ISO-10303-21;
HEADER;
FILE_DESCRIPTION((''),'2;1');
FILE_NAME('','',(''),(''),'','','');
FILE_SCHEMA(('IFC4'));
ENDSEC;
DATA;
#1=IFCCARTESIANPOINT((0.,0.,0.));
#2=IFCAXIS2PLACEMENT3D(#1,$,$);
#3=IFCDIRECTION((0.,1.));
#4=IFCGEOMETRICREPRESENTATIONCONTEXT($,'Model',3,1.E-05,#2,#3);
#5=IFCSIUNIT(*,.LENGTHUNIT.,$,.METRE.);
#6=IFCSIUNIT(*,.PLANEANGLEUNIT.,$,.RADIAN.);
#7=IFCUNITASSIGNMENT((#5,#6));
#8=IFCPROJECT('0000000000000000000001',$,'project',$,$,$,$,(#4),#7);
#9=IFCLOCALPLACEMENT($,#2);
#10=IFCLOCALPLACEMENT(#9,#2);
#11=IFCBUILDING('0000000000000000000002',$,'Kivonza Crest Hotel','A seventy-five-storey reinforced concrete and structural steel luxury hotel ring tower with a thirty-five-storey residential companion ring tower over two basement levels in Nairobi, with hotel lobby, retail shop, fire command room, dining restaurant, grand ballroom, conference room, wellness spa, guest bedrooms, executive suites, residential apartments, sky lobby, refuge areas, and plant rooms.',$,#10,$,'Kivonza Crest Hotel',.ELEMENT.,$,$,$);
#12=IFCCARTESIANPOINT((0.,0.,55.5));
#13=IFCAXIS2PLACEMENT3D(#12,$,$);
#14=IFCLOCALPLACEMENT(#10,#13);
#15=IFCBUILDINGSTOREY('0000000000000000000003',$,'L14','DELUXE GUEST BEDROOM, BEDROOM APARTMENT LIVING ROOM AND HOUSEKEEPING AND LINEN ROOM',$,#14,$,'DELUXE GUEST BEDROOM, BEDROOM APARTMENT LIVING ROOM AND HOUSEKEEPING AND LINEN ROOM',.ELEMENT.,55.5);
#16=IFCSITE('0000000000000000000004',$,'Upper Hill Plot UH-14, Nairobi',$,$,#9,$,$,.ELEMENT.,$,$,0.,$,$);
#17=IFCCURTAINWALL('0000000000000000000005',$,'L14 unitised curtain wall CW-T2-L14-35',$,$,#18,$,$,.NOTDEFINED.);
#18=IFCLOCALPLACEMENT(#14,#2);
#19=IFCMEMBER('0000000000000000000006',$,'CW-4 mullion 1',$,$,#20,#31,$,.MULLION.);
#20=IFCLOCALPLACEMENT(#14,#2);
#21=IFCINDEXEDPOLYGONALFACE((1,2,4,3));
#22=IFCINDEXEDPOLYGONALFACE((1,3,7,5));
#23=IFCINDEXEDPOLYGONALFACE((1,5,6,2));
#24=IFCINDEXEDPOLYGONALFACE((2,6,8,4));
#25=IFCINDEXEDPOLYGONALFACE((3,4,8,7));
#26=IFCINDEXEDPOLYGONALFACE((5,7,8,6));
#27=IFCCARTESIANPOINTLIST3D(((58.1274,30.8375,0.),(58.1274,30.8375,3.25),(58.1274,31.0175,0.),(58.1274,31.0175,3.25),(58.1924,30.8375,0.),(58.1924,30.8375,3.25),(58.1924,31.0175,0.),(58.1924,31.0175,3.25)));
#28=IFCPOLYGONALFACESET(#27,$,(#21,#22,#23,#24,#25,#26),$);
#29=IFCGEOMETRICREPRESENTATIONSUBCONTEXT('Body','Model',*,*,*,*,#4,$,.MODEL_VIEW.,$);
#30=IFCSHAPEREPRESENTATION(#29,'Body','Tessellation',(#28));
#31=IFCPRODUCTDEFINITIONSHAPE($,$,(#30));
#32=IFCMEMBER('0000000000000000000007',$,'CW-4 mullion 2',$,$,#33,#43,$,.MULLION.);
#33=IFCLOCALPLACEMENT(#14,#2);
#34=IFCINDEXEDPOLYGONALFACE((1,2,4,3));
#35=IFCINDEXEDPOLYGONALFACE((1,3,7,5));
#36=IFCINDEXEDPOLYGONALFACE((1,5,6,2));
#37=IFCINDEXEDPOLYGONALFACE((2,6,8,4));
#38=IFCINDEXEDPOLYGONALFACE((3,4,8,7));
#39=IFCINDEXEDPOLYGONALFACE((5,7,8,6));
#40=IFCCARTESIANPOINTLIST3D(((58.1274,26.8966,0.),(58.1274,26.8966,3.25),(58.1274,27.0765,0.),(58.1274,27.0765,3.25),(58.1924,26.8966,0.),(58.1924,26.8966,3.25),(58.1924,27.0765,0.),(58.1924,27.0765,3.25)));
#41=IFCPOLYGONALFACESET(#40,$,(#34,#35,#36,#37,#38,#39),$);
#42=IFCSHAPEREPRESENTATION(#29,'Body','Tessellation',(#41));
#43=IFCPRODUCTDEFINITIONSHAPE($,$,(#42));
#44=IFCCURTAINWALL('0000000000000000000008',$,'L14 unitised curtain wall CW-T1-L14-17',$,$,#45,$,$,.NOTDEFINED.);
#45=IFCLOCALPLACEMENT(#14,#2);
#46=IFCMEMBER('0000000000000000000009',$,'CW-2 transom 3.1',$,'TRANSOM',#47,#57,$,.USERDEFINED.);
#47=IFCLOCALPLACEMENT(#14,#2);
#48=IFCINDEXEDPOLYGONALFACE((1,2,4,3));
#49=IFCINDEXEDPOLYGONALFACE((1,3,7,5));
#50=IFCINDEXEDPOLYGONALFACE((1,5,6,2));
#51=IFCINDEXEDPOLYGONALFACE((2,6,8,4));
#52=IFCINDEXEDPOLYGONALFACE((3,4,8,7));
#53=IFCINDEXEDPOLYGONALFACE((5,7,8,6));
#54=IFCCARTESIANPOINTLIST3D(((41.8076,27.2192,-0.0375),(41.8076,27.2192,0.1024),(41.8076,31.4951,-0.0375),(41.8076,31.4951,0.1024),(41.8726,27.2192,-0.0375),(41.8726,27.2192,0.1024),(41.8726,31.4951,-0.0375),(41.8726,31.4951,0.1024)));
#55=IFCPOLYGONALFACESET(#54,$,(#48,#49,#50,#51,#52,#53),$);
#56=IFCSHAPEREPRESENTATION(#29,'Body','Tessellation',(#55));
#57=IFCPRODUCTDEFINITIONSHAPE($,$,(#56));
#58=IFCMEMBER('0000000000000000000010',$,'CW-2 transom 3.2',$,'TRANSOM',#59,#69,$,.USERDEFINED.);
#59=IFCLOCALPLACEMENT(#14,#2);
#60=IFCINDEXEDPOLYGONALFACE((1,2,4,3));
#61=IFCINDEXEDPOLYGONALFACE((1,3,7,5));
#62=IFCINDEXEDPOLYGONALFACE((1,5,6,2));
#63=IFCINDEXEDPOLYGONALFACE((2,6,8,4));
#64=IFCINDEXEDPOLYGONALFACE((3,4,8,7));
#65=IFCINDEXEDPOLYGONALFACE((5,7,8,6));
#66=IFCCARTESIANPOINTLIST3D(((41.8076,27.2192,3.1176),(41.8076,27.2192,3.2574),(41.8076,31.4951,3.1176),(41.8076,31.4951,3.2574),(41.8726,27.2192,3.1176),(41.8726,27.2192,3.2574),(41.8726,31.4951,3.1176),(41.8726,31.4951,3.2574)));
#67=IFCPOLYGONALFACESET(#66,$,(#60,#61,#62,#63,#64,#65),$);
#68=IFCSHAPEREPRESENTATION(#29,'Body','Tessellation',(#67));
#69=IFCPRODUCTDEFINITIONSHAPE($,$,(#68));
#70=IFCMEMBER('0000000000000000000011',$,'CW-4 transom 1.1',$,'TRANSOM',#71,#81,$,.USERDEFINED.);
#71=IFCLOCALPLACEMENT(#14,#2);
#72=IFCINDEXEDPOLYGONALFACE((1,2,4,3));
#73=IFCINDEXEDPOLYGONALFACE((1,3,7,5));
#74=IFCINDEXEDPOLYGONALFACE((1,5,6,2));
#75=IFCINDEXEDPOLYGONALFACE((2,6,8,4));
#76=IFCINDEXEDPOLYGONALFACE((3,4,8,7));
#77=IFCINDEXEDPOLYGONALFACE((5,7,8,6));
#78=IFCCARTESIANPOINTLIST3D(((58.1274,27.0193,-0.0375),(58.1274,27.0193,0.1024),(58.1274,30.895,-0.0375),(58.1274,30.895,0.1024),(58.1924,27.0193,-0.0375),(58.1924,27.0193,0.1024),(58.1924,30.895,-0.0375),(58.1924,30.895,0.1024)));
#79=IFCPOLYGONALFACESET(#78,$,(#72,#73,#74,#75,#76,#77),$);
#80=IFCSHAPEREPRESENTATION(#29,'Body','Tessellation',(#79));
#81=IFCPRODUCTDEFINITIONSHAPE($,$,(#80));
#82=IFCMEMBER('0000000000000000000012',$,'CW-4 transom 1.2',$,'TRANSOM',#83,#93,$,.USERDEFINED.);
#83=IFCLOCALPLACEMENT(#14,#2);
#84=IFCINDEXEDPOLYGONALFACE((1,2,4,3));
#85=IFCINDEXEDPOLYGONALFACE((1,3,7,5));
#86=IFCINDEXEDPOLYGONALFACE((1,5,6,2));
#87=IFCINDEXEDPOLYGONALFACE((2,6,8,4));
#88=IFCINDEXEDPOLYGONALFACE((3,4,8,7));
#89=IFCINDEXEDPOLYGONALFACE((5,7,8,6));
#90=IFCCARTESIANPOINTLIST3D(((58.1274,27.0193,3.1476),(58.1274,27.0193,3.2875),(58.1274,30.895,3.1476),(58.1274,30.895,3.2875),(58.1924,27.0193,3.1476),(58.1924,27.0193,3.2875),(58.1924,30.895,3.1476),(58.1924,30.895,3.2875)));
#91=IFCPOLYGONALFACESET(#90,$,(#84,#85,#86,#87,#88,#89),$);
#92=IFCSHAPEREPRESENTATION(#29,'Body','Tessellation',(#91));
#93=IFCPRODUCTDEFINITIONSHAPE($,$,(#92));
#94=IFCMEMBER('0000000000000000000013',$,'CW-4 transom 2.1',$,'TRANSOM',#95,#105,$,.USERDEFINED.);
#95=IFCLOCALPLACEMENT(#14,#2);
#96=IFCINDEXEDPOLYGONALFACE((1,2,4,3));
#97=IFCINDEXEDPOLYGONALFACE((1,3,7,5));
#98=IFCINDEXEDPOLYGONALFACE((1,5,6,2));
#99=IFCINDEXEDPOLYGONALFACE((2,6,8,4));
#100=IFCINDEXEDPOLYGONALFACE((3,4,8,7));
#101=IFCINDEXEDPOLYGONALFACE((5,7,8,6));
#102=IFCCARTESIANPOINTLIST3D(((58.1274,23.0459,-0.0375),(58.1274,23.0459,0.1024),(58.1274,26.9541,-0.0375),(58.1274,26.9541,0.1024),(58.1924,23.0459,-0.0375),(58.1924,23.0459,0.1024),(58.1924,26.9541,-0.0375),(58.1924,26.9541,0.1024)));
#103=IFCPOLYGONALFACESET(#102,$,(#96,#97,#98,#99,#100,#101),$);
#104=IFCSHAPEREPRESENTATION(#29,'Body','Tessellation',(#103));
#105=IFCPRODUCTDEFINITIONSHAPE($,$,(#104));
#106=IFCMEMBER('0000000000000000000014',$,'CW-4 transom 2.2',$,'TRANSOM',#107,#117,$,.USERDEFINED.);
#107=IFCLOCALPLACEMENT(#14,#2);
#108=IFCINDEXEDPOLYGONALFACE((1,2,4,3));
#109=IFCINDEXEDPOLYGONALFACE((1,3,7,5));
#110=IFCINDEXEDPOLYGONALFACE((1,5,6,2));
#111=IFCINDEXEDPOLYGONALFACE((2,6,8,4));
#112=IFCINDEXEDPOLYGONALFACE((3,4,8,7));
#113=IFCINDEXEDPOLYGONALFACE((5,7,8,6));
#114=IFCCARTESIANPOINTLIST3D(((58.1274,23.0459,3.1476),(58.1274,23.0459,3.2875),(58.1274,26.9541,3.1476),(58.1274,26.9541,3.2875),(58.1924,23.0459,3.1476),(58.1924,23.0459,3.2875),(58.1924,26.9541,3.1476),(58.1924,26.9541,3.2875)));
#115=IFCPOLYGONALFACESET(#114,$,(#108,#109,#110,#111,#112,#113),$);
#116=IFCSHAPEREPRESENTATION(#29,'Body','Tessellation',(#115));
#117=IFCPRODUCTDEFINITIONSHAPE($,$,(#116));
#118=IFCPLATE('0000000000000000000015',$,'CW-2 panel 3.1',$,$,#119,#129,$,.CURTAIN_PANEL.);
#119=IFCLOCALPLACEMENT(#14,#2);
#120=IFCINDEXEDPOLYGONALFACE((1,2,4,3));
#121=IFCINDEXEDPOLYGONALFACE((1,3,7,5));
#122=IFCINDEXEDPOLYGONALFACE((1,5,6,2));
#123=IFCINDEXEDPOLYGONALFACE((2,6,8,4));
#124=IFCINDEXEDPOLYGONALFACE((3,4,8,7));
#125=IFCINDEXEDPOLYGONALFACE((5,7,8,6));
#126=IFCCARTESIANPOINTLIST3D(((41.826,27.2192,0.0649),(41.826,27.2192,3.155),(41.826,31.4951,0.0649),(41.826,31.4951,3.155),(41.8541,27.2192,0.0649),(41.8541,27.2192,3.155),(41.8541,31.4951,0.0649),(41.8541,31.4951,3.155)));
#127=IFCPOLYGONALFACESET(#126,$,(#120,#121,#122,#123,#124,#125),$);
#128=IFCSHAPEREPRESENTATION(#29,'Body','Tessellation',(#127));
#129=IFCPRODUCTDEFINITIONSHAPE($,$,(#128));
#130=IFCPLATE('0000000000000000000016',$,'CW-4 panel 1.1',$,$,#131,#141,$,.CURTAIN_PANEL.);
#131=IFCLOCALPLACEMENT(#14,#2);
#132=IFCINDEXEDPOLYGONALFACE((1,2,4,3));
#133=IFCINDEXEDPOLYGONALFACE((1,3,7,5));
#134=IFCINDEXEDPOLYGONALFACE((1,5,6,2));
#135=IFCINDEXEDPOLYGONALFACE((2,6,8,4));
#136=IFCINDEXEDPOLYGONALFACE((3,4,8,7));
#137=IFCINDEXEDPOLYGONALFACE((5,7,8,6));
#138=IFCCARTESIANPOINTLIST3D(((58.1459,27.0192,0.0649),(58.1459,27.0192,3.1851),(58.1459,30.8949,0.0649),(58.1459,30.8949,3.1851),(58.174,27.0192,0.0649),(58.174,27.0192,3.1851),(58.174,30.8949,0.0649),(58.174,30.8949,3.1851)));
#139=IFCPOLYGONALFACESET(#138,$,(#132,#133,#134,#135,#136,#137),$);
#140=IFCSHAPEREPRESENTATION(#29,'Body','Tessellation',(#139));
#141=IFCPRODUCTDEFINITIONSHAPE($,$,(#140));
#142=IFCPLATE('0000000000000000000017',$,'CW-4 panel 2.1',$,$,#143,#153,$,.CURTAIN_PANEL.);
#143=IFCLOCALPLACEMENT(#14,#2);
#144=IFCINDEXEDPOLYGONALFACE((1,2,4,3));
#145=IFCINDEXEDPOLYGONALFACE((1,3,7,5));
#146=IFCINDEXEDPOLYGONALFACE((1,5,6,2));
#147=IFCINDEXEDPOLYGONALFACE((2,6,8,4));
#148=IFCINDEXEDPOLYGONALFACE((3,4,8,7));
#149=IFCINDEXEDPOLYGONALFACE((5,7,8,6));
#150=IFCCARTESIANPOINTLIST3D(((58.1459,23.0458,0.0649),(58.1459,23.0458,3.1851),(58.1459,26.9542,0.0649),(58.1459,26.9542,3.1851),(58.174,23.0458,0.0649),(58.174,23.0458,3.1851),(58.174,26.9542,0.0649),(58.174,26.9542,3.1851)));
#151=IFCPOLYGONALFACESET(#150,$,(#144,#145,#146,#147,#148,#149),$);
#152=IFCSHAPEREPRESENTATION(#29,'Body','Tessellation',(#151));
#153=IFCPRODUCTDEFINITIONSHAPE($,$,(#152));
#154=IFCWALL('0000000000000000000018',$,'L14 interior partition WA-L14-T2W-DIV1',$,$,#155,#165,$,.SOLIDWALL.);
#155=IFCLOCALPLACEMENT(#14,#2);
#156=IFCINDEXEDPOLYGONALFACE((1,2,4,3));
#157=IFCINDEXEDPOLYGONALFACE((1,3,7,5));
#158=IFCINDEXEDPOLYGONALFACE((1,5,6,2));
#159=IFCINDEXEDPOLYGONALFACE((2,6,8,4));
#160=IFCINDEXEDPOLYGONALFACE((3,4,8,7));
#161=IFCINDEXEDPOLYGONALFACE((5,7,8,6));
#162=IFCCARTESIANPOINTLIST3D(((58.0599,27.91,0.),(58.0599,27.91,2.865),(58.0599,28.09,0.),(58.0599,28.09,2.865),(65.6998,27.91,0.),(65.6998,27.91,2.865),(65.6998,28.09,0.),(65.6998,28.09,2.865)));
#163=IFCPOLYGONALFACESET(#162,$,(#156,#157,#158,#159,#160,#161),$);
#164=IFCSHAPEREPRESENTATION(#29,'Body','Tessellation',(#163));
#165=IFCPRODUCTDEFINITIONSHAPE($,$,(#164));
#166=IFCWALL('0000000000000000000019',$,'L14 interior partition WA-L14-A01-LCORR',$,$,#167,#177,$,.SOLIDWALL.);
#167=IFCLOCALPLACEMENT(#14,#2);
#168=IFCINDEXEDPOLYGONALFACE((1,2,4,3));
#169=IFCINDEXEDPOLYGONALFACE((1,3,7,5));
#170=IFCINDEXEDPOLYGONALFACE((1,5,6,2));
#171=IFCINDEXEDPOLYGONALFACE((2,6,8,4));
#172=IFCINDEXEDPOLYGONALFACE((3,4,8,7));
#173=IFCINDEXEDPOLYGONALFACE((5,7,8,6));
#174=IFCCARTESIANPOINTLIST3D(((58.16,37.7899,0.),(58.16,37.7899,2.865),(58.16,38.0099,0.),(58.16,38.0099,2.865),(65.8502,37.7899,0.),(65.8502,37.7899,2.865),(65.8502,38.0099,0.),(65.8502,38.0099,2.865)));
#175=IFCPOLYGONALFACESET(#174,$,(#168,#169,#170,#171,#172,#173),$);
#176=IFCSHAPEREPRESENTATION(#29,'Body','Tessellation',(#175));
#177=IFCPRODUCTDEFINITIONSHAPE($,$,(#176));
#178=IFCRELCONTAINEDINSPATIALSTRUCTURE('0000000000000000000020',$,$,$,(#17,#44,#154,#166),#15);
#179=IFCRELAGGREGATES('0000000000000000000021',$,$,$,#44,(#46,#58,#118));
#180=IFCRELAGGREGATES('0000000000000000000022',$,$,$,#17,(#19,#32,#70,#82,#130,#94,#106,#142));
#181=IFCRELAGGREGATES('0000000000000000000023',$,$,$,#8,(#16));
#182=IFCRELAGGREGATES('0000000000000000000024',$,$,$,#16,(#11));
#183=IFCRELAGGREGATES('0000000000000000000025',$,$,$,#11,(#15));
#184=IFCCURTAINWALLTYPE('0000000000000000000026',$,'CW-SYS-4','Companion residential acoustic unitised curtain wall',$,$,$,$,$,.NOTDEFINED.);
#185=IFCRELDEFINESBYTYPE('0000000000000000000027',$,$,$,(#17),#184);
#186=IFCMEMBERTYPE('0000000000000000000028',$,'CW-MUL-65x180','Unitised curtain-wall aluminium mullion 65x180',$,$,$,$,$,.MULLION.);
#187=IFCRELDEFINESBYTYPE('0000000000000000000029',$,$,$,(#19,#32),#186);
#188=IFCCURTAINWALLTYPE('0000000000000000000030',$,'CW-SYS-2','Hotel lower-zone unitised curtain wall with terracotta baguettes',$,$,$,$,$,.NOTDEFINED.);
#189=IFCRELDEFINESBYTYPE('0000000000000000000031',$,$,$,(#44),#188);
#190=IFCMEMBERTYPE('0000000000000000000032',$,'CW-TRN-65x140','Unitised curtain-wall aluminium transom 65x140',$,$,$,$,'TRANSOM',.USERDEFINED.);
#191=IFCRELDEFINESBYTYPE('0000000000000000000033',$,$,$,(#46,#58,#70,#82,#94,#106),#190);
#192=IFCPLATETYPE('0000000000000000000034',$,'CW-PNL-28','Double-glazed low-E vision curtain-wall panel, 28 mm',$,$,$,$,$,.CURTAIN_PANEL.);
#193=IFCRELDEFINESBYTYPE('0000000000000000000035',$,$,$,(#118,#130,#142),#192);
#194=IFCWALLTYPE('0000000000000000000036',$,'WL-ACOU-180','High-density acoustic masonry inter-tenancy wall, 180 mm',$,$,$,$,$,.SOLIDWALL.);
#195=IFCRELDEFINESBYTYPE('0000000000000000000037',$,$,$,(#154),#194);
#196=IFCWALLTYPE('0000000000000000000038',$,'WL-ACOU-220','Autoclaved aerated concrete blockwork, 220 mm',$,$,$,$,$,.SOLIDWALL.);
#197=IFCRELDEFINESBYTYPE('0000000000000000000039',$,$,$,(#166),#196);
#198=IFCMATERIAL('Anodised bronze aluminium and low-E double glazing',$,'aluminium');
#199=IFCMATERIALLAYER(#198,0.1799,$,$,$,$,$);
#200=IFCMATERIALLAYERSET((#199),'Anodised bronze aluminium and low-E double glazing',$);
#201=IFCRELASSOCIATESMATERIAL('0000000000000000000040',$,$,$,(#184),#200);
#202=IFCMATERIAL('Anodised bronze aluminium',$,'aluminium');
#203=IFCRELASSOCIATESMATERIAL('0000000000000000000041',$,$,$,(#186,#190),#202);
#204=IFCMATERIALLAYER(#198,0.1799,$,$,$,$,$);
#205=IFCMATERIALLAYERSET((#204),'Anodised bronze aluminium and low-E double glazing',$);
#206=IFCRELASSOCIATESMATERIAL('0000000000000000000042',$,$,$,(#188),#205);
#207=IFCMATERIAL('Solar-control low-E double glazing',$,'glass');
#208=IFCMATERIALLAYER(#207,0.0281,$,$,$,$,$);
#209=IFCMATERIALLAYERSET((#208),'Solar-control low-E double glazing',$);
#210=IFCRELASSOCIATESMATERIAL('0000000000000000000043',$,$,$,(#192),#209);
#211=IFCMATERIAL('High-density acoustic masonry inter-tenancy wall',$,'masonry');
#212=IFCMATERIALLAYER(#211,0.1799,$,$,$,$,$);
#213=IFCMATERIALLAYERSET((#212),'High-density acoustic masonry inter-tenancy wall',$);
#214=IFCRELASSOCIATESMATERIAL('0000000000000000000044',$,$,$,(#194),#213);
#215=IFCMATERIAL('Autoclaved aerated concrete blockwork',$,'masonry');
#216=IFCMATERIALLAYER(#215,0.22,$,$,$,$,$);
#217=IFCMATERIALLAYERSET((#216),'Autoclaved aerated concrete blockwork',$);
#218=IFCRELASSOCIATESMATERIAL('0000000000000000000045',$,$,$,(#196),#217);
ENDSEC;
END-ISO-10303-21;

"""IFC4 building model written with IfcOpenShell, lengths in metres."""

from ifc_helpers import new_model, si_unit, direction, frame, frame_2d, origin, origin_2d, place, context, subcontext, project, spatial, rectangle, extrude, material, layer, layer_set, material_profile, profile_set, type_object, element, aggregate, save


model = new_model("IFC4")

# Units and contexts
model_context = context("Model", 3, precision=1e-05, world=origin(), true_north=direction((0.0, 1.0)))
body_context = subcontext(model_context, "Body", "Model", "MODEL_VIEW")
ifc_project = project(units=[si_unit("LENGTHUNIT", "METRE"), si_unit("PLANEANGLEUNIT", "RADIAN")], contexts=[model_context])

# Site, building, storey
site_placement = place(None, origin())
site = spatial("IfcSite", under=ifc_project, at=site_placement, Name="Upper Hill Plot UH-14, Nairobi", CompositionType="ELEMENT", RefElevation=0.0)
building_placement = place(site_placement, origin())
building = spatial("IfcBuilding", under=site, at=building_placement, Name="Kivonza Crest Hotel", Description="A seventy-five-storey reinforced concrete and structural steel luxury hotel ring tower with a thirty-five-storey residential companion ring tower over two basement levels in Nairobi, with hotel lobby, retail shop, fire command room, dining restaurant, grand ballroom, conference room, wellness spa, guest bedrooms, executive suites, residential apartments, sky lobby, refuge areas, and plant rooms.", LongName="Kivonza Crest Hotel", CompositionType="ELEMENT")
storey_placement = place(building_placement, frame((0.0, 0.0, 55.5)))
storey = spatial("IfcBuildingStorey", under=building, at=storey_placement, Name="L14", Description="DELUXE GUEST BEDROOM, BEDROOM APARTMENT LIVING ROOM AND HOUSEKEEPING AND LINEN ROOM", LongName="DELUXE GUEST BEDROOM, BEDROOM APARTMENT LIVING ROOM AND HOUSEKEEPING AND LINEN ROOM", CompositionType="ELEMENT", Elevation=55.5)

# Curtain walls, members
ifc_material_1 = material(Name="Anodised bronze aluminium and low-E double glazing", Category="aluminium")
ifc_layer_1 = layer(ifc_material_1, 0.1799)
ifc_layer_set_1 = layer_set([ifc_layer_1], Name="Anodised bronze aluminium and low-E double glazing")
curtain_wall_type_1 = type_object("IfcCurtainWallType", Name="CW-SYS-4", Description="Companion residential acoustic unitised curtain wall", PredefinedType="NOTDEFINED", material=ifc_layer_set_1)
curtain_wall_1_placement = place(storey_placement, origin())
curtain_wall_1 = element("IfcCurtainWall", 1, at=curtain_wall_1_placement, inside=storey, type_object=curtain_wall_type_1, Name="L14 unitised curtain wall CW-T2-L14-35", PredefinedType="NOTDEFINED")
ifc_material_2 = material(Name="Anodised bronze aluminium", Category="aluminium")
ifc_material_profile_1 = material_profile(ifc_material_2, rectangle(XDim=0.0649, YDim=0.1799, at=origin_2d()), Name="CW-M 65x180")
ifc_profile_set_1 = profile_set([ifc_material_profile_1], Name="Anodised bronze aluminium")
member_type_1 = type_object("IfcMemberType", Name="CW-MUL-65x180", Description="Unitised curtain-wall aluminium mullion 65x180", PredefinedType="MULLION", material=ifc_profile_set_1)
member_1_placement = place(storey_placement, frame((58.1599, 30.9275, 0.0), z_axis=(0.0, 0.0, 1.0), x_axis=(1.0, 0.0, 0.0)))
member_1 = element("IfcMember", 2, at=member_1_placement, type_object=member_type_1, Name="CW-4 mullion 1", PredefinedType="MULLION", context=body_context, shape_type="SweptSolid", body=[
    extrude(rectangle(XDim=0.0649, YDim=0.1799, at=origin_2d()), origin(), (0.0, 0.0, 1.0), 3.25),
])
member_2_placement = place(storey_placement, frame((58.1599, 26.9866, 0.0), z_axis=(0.0, 0.0, 1.0), x_axis=(1.0, 0.0, 0.0)))
member_2 = element("IfcMember", 3, at=member_2_placement, type_object=member_type_1, Name="CW-4 mullion 2", PredefinedType="MULLION", context=body_context, shape_type="SweptSolid", body=[
    extrude(rectangle(XDim=0.0649, YDim=0.1799, at=origin_2d()), origin(), (0.0, 0.0, 1.0), 3.25),
])
ifc_layer_2 = layer(ifc_material_1, 0.1799)
ifc_layer_set_2 = layer_set([ifc_layer_2], Name="Anodised bronze aluminium and low-E double glazing")
curtain_wall_type_2 = type_object("IfcCurtainWallType", Name="CW-SYS-2", Description="Hotel lower-zone unitised curtain wall with terracotta baguettes", PredefinedType="NOTDEFINED", material=ifc_layer_set_2)
curtain_wall_2_placement = place(storey_placement, origin())
curtain_wall_2 = element("IfcCurtainWall", 4, at=curtain_wall_2_placement, inside=storey, type_object=curtain_wall_type_2, Name="L14 unitised curtain wall CW-T1-L14-17", PredefinedType="NOTDEFINED")
ifc_material_profile_2 = material_profile(ifc_material_2, rectangle(XDim=0.0649, YDim=0.1399, at=origin_2d()), Name="CW-T 65x140")
ifc_profile_set_2 = profile_set([ifc_material_profile_2], Name="Anodised bronze aluminium")
member_type_2 = type_object("IfcMemberType", Name="CW-TRN-65x140", Description="Unitised curtain-wall aluminium transom 65x140", ElementType="TRANSOM", PredefinedType="USERDEFINED", material=ifc_profile_set_2)
member_3_placement = place(storey_placement, frame((41.8401, 27.2192, 0.0325), z_axis=(0.0, 1.0, 0.0), x_axis=(-1.0, 0.0, 0.0)))
member_3 = element("IfcMember", 5, at=member_3_placement, type_object=member_type_2, Name="CW-2 transom 3.1", ObjectType="TRANSOM", PredefinedType="USERDEFINED", context=body_context, shape_type="SweptSolid", body=[
    extrude(rectangle(XDim=0.0649, YDim=0.1399, at=origin_2d()), origin(), (0.0, 0.0, 1.0), 4.2759),
])
member_4_placement = place(storey_placement, frame((41.8401, 27.2192, 3.1875), z_axis=(0.0, 1.0, 0.0), x_axis=(-1.0, 0.0, 0.0)))
member_4 = element("IfcMember", 6, at=member_4_placement, type_object=member_type_2, Name="CW-2 transom 3.2", ObjectType="TRANSOM", PredefinedType="USERDEFINED", context=body_context, shape_type="SweptSolid", body=[
    extrude(rectangle(XDim=0.0649, YDim=0.1399, at=origin_2d()), origin(), (0.0, 0.0, 1.0), 4.2759),
])

# Members
member_5_placement = place(storey_placement, frame((58.1599, 30.895, 0.0325), z_axis=(0.0, -1.0, 0.0), x_axis=(1.0, 0.0, 0.0)))
member_5 = element("IfcMember", 7, at=member_5_placement, type_object=member_type_2, Name="CW-4 transom 1.1", ObjectType="TRANSOM", PredefinedType="USERDEFINED", context=body_context, shape_type="SweptSolid", body=[
    extrude(rectangle(XDim=0.0649, YDim=0.1399, at=origin_2d()), origin(), (0.0, 0.0, 1.0), 3.8757),
])
member_6_placement = place(storey_placement, frame((58.1599, 30.895, 3.2175), z_axis=(0.0, -1.0, 0.0), x_axis=(1.0, 0.0, 0.0)))
member_6 = element("IfcMember", 8, at=member_6_placement, type_object=member_type_2, Name="CW-4 transom 1.2", ObjectType="TRANSOM", PredefinedType="USERDEFINED", context=body_context, shape_type="SweptSolid", body=[
    extrude(rectangle(XDim=0.0649, YDim=0.1399, at=origin_2d()), origin(), (0.0, 0.0, 1.0), 3.8757),
])
member_7_placement = place(storey_placement, frame((58.1599, 26.9541, 0.0325), z_axis=(0.0, -1.0, 0.0), x_axis=(1.0, 0.0, 0.0)))
member_7 = element("IfcMember", 9, at=member_7_placement, type_object=member_type_2, Name="CW-4 transom 2.1", ObjectType="TRANSOM", PredefinedType="USERDEFINED", context=body_context, shape_type="SweptSolid", body=[
    extrude(rectangle(XDim=0.0649, YDim=0.1399, at=origin_2d()), origin(), (0.0, 0.0, 1.0), 3.9082),
])
member_8_placement = place(storey_placement, frame((58.1599, 26.9541, 3.2175), z_axis=(0.0, -1.0, 0.0), x_axis=(1.0, 0.0, 0.0)))
member_8 = element("IfcMember", 10, at=member_8_placement, type_object=member_type_2, Name="CW-4 transom 2.2", ObjectType="TRANSOM", PredefinedType="USERDEFINED", context=body_context, shape_type="SweptSolid", body=[
    extrude(rectangle(XDim=0.0649, YDim=0.1399, at=origin_2d()), origin(), (0.0, 0.0, 1.0), 3.9082),
])

# Plates
ifc_material_3 = material(Name="Solar-control low-E double glazing", Category="glass")
ifc_layer_3 = layer(ifc_material_3, 0.0281)
ifc_layer_set_3 = layer_set([ifc_layer_3], Name="Solar-control low-E double glazing")
plate_type = type_object("IfcPlateType", Name="CW-PNL-28", Description="Double-glazed low-E vision curtain-wall panel, 28 mm", PredefinedType="CURTAIN_PANEL", material=ifc_layer_set_3)
plate_1_placement = place(storey_placement, frame((41.8401, 29.3572, 0.0649), z_axis=(0.0, 0.0, 1.0), x_axis=(0.0, 1.0, 0.0)))
plate_1 = element("IfcPlate", 11, at=plate_1_placement, type_object=plate_type, Name="CW-2 panel 3.1", PredefinedType="CURTAIN_PANEL", context=body_context, shape_type="SweptSolid", body=[
    extrude(rectangle(XDim=4.2759, YDim=0.0281, at=origin_2d()), origin(), (0.0, 0.0, 1.0), 3.0901),
])
aggregate(curtain_wall_2, [member_3, member_4, plate_1])
plate_2_placement = place(storey_placement, frame((58.1599, 28.957, 0.0649), z_axis=(0.0, 0.0, 1.0), x_axis=(0.0, -1.0, 0.0)))
plate_2 = element("IfcPlate", 12, at=plate_2_placement, type_object=plate_type, Name="CW-4 panel 1.1", PredefinedType="CURTAIN_PANEL", context=body_context, shape_type="SweptSolid", body=[
    extrude(rectangle(XDim=3.8757, YDim=0.0281, at=origin_2d()), origin(), (0.0, 0.0, 1.0), 3.1201),
])
plate_3_placement = place(storey_placement, frame((58.1599, 25.0, 0.0649), z_axis=(0.0, 0.0, 1.0), x_axis=(0.0, -1.0, 0.0)))
plate_3 = element("IfcPlate", 13, at=plate_3_placement, type_object=plate_type, Name="CW-4 panel 2.1", PredefinedType="CURTAIN_PANEL", context=body_context, shape_type="SweptSolid", body=[
    extrude(rectangle(XDim=3.9084, YDim=0.0281, at=origin_2d()), origin(), (0.0, 0.0, 1.0), 3.1201),
])
aggregate(curtain_wall_1, [member_1, member_2, member_5, member_6, plate_2, member_7, member_8, plate_3])

# Walls
ifc_material_4 = material(Name="High-density acoustic masonry inter-tenancy wall", Category="masonry")
ifc_layer_4 = layer(ifc_material_4, 0.1799)
ifc_layer_set_4 = layer_set([ifc_layer_4], Name="High-density acoustic masonry inter-tenancy wall")
wall_type_1 = type_object("IfcWallType", Name="WL-ACOU-180", Description="High-density acoustic masonry inter-tenancy wall, 180 mm", PredefinedType="SOLIDWALL", material=ifc_layer_set_4)
wall_1_placement = place(storey_placement, frame((58.0601, 28.0, 0.0), z_axis=(0.0, 0.0, 1.0), x_axis=(1.0, 0.0, 0.0)))
element("IfcWall", 14, at=wall_1_placement, inside=storey, type_object=wall_type_1, Name="L14 interior partition WA-L14-T2W-DIV1", PredefinedType="SOLIDWALL", context=body_context, shape_type="SweptSolid", body=[
    extrude(rectangle(XDim=7.6399, YDim=0.1799, at=frame_2d((3.8198, 0.0))), origin(), (0.0, 0.0, 1.0), 2.865),
])
ifc_material_5 = material(Name="Autoclaved aerated concrete blockwork", Category="masonry")
ifc_layer_5 = layer(ifc_material_5, 0.22)
ifc_layer_set_5 = layer_set([ifc_layer_5], Name="Autoclaved aerated concrete blockwork")
wall_type_2 = type_object("IfcWallType", Name="WL-ACOU-220", Description="Autoclaved aerated concrete blockwork, 220 mm", PredefinedType="SOLIDWALL", material=ifc_layer_set_5)
wall_2_placement = place(storey_placement, frame((58.1599, 37.8999, 0.0), z_axis=(0.0, 0.0, 1.0), x_axis=(1.0, 0.0, 0.0)))
element("IfcWall", 15, at=wall_2_placement, inside=storey, type_object=wall_type_2, Name="L14 interior partition WA-L14-A01-LCORR", PredefinedType="SOLIDWALL", context=body_context, shape_type="SweptSolid", body=[
    extrude(rectangle(XDim=7.6902, YDim=0.22, at=frame_2d((3.8452, 0.0))), origin(), (0.0, 0.0, 1.0), 2.865),
])

save(model, "model.ifc")
